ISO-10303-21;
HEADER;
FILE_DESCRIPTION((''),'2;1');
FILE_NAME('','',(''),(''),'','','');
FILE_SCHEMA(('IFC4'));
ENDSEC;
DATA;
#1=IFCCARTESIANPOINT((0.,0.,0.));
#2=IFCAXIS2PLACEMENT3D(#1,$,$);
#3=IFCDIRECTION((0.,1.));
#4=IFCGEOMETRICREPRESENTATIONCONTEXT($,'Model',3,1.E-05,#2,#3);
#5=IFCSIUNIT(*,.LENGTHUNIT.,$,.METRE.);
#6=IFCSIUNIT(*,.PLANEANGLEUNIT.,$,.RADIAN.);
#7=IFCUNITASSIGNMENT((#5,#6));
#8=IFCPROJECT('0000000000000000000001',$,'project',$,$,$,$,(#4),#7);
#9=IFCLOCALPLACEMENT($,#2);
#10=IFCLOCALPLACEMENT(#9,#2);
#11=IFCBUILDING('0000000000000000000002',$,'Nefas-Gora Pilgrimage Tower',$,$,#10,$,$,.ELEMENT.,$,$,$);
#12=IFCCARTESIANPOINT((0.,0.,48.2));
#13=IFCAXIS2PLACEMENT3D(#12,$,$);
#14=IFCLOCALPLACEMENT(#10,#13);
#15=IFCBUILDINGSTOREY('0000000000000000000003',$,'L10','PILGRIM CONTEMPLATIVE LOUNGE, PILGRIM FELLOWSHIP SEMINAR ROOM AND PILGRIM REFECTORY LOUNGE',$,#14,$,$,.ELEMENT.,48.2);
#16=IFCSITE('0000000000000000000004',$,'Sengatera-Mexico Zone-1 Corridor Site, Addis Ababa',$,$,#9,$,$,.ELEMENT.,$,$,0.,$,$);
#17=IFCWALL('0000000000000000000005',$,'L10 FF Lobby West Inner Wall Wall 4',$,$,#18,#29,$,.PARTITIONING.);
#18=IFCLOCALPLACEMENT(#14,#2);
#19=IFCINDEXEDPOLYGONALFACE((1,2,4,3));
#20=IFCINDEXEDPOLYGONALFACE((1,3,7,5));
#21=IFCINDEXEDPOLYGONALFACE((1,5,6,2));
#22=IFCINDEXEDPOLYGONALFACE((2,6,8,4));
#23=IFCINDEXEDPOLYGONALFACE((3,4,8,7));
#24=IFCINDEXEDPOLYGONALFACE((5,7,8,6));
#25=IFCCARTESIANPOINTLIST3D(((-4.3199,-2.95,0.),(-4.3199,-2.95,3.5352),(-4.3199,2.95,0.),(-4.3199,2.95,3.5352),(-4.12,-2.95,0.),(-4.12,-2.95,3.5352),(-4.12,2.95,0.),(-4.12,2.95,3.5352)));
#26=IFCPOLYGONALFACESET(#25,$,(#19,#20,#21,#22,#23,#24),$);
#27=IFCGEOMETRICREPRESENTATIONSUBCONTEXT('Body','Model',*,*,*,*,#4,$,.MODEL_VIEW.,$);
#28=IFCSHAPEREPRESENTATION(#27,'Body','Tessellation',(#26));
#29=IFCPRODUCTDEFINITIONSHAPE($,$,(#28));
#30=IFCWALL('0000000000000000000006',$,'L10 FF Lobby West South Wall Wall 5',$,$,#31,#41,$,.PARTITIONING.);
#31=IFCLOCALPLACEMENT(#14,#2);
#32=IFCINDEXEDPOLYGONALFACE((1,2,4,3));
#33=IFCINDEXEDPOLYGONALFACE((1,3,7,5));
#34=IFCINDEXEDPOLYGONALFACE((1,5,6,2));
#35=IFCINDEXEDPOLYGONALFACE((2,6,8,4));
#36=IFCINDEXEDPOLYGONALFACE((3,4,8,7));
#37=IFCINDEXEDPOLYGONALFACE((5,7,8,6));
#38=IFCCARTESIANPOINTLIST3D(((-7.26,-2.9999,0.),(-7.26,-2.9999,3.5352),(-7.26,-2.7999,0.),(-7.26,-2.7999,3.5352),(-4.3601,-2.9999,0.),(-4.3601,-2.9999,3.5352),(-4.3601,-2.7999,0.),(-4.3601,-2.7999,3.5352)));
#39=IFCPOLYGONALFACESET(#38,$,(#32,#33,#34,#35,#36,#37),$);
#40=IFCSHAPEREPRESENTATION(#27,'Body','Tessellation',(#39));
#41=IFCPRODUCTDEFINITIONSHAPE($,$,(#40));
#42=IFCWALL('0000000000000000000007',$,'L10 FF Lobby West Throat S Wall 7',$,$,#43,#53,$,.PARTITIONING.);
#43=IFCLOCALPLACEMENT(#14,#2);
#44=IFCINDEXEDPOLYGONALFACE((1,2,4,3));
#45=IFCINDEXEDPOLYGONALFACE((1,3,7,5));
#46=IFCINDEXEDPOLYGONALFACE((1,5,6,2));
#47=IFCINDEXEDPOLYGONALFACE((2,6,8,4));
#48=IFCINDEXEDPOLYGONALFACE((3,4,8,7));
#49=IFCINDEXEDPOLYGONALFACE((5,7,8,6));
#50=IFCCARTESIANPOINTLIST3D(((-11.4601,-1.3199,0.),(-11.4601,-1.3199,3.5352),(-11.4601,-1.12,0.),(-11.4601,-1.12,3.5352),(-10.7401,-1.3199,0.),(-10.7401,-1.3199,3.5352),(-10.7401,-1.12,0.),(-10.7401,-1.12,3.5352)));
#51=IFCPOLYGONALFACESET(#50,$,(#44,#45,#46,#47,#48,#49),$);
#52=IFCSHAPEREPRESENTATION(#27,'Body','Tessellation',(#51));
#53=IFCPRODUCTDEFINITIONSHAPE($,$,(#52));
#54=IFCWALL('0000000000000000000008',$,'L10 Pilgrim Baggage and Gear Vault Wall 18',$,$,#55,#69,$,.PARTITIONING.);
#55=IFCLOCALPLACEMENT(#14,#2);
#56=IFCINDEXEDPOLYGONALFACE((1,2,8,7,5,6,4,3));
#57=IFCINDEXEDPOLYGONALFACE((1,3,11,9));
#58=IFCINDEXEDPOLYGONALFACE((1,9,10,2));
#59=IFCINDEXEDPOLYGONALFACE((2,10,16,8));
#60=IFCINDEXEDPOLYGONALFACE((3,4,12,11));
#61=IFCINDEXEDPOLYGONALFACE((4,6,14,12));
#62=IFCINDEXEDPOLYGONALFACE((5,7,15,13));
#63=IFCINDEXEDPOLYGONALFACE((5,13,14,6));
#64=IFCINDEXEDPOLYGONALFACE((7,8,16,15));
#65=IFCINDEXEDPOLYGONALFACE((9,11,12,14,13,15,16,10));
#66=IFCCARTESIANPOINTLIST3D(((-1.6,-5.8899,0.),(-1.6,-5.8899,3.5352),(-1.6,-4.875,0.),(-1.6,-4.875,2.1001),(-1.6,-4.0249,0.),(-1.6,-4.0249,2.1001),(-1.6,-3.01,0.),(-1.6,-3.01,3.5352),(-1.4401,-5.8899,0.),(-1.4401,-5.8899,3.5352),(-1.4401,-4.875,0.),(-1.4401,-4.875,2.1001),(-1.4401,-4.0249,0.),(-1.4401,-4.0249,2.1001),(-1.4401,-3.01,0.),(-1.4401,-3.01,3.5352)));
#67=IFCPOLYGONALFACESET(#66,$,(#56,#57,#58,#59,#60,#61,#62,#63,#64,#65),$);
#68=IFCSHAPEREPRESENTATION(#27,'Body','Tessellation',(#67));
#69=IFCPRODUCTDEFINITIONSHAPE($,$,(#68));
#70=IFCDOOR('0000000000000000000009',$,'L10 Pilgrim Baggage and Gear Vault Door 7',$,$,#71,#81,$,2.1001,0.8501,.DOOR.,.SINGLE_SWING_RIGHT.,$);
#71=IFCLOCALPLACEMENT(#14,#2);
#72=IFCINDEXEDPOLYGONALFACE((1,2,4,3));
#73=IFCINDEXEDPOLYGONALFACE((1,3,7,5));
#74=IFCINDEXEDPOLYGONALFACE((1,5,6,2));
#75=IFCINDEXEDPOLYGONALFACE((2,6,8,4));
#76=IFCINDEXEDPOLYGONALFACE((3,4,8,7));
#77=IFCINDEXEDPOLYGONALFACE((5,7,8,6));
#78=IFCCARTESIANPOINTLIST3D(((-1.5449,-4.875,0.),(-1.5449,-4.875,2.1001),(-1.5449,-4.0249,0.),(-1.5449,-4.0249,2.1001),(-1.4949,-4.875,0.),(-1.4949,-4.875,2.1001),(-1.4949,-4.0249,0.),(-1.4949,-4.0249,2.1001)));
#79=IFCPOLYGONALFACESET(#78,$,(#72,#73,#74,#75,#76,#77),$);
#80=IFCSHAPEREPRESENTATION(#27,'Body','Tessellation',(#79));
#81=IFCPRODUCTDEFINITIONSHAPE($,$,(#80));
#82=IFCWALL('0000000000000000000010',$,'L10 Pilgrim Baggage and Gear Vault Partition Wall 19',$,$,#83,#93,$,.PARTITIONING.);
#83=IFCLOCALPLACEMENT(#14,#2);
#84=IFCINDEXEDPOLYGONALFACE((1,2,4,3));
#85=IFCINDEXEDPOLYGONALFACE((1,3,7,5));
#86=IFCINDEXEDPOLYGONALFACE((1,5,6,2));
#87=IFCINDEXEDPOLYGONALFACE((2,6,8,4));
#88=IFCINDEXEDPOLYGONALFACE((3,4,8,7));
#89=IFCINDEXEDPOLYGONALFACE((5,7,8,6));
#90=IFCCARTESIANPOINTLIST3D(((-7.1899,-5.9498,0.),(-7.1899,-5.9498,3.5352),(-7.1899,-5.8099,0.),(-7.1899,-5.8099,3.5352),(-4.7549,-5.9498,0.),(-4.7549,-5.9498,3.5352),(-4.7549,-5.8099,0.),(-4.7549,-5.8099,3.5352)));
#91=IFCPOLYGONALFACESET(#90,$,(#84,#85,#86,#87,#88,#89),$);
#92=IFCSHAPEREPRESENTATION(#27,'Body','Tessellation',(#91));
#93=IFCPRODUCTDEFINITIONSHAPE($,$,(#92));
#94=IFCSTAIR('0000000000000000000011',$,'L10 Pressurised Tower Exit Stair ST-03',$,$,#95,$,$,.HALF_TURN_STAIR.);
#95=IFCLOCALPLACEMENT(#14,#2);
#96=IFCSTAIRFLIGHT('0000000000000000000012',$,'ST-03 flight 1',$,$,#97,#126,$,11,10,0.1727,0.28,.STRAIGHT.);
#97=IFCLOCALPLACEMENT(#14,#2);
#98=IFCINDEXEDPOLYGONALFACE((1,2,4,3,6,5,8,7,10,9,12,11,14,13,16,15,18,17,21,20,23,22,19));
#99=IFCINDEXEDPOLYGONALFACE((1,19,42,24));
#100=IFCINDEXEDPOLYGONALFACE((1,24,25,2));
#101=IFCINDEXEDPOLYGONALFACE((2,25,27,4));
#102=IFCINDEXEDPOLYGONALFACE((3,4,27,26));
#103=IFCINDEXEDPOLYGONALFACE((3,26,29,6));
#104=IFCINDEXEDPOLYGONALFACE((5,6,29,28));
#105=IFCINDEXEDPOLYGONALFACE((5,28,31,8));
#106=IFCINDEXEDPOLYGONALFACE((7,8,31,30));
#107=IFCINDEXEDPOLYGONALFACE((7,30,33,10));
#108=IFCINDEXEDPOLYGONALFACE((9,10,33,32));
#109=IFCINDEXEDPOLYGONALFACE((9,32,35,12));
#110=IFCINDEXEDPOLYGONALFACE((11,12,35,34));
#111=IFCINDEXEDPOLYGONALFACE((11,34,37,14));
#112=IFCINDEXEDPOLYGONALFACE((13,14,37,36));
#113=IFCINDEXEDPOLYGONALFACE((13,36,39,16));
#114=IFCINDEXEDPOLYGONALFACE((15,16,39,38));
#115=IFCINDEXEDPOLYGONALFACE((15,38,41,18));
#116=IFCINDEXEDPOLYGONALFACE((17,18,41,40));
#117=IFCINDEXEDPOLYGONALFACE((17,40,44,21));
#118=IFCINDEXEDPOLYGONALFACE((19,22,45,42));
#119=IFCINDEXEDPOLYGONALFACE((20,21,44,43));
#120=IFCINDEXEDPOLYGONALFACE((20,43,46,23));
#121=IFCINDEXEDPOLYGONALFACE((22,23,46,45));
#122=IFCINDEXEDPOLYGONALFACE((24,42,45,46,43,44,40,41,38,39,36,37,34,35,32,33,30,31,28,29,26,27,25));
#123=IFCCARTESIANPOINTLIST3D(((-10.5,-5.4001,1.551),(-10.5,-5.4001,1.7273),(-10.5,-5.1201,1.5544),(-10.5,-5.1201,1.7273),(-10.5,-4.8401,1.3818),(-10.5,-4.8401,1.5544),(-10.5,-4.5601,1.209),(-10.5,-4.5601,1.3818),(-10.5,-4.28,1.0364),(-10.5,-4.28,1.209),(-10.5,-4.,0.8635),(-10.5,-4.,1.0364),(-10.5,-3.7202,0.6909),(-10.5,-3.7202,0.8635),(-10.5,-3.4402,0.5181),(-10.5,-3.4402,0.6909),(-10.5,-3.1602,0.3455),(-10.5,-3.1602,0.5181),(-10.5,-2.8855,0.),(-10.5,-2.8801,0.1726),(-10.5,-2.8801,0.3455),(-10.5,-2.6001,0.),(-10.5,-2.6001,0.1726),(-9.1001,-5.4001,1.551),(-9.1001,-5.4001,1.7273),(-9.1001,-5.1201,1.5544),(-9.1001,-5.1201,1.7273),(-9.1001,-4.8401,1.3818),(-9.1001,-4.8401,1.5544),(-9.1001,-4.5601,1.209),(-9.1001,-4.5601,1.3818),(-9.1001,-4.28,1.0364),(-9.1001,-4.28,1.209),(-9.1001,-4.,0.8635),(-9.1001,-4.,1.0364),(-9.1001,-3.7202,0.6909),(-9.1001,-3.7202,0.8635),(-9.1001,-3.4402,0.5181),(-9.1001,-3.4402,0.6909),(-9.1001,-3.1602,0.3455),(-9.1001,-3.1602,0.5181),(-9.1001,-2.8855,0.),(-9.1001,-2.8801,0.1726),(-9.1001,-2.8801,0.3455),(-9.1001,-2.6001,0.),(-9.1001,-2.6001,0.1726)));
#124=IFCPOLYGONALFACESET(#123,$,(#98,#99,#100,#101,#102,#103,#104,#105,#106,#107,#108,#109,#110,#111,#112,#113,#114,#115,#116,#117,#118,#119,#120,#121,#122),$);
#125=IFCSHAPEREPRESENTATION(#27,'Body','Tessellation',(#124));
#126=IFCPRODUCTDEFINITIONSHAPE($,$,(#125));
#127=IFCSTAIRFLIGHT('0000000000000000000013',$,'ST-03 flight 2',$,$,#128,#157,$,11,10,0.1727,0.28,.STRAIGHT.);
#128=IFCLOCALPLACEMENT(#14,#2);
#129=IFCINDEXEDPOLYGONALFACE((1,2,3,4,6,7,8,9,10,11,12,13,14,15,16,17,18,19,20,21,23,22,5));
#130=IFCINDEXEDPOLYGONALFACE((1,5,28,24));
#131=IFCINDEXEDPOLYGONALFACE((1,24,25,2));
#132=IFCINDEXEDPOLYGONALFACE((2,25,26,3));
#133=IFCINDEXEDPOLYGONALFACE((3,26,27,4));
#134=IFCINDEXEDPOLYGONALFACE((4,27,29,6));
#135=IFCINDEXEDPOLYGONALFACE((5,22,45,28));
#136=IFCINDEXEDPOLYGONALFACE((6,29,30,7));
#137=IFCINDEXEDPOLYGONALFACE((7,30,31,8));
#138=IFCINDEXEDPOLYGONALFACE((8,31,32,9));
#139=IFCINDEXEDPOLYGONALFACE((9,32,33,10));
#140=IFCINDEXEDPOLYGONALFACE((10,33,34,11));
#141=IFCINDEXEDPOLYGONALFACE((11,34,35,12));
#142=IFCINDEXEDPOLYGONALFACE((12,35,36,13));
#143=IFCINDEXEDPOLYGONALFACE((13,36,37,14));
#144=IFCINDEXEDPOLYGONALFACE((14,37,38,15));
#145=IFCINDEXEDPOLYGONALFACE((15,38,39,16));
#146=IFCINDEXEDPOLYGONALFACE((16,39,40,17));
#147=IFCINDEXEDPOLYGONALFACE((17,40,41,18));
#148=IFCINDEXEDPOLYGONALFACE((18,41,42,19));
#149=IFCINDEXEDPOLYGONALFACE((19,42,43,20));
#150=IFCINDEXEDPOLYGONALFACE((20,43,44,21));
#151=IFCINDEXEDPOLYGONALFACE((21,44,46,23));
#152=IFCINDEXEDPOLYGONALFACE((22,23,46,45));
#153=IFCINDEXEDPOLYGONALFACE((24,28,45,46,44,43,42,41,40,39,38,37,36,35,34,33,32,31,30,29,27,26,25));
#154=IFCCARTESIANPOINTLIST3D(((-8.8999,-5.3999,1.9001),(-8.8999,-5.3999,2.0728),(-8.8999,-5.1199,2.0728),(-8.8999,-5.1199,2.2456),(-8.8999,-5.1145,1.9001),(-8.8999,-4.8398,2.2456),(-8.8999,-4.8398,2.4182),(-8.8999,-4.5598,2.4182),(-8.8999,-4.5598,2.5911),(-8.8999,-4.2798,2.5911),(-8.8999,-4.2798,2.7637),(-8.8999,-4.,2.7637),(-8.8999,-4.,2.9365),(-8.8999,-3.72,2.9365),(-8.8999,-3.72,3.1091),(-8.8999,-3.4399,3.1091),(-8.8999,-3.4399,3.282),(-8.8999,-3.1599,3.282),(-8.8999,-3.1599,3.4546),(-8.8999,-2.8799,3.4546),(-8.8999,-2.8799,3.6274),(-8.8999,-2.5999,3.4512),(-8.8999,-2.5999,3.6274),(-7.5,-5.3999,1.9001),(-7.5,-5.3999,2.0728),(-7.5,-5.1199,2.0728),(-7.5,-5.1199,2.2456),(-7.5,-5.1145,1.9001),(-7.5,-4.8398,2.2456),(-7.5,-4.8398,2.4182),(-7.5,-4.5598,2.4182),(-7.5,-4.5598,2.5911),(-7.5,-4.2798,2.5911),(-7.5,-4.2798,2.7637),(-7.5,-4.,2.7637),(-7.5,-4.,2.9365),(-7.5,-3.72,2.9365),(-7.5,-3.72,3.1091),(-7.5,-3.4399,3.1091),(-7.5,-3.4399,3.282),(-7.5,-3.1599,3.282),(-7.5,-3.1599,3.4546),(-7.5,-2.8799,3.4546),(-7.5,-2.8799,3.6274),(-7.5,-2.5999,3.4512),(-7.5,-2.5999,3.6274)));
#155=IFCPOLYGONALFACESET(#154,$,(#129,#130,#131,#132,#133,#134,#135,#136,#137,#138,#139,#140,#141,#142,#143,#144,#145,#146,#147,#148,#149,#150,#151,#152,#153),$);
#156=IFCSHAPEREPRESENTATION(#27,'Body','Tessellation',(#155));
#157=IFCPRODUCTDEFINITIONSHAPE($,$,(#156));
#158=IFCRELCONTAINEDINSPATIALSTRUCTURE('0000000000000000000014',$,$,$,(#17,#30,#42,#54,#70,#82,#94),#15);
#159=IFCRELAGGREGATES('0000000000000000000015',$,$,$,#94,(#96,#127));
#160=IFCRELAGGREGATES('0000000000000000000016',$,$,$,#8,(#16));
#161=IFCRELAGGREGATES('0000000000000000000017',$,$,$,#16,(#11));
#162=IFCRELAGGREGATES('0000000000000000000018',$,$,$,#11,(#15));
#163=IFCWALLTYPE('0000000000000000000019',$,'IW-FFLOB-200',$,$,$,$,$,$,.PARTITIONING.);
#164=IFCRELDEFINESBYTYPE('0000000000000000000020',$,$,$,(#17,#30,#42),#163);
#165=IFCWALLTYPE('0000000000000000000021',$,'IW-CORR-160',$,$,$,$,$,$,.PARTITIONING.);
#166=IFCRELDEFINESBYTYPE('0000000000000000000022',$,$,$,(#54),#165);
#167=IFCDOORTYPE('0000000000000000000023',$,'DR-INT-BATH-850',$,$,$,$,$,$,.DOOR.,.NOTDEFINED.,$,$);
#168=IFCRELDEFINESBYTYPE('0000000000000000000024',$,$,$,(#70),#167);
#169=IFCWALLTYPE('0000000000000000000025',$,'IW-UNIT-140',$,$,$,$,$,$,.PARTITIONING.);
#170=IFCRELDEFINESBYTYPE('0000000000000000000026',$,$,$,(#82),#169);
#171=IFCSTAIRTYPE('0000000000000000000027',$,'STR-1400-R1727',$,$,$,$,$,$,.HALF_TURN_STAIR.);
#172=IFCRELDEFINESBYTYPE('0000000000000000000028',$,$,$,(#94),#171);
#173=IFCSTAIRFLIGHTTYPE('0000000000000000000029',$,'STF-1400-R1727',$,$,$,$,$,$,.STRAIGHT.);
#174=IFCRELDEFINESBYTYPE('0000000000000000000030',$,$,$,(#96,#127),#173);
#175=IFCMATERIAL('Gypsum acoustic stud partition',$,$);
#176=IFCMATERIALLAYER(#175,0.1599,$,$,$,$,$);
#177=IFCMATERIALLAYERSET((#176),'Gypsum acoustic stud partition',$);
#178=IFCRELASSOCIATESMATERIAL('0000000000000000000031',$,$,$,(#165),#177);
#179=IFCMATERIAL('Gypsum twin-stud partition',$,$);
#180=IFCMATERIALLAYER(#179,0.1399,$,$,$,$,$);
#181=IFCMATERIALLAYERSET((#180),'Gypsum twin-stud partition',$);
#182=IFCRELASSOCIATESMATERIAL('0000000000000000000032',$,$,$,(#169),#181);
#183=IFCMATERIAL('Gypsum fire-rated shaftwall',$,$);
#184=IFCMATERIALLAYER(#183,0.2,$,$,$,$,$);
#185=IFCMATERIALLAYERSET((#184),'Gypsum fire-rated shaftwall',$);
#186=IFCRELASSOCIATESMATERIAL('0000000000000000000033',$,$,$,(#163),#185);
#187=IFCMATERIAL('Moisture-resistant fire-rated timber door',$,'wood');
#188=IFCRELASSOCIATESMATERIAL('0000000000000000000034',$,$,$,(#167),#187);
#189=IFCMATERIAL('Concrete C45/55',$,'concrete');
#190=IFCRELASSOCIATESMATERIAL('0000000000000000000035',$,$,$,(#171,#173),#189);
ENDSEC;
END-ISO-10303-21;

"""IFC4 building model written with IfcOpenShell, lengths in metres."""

from ifc_helpers import new_model, si_unit, direction, frame, frame_2d, origin, place, context, subcontext, project, spatial, polyline, rectangle, outline, extrude, source, transform, mapped, material, layer, layer_set, type_object, element, fill, aggregate, save


model = new_model("IFC4")

# Units and contexts
model_context = context("Model", 3, precision=1e-05, world=origin(), true_north=direction((0.0, 1.0)))
body_context = subcontext(model_context, "Body", "Model", "MODEL_VIEW")
ifc_project = project(units=[si_unit("LENGTHUNIT", "METRE"), si_unit("PLANEANGLEUNIT", "RADIAN")], contexts=[model_context])

# Site, building, storey
site_placement = place(None, origin())
site = spatial("IfcSite", under=ifc_project, at=site_placement, Name="Sengatera-Mexico Zone-1 Corridor Site, Addis Ababa", CompositionType="ELEMENT", RefElevation=0.0)
building_placement = place(site_placement, origin())
building = spatial("IfcBuilding", under=site, at=building_placement, Name="Nefas-Gora Pilgrimage Tower", CompositionType="ELEMENT")
storey_placement = place(building_placement, frame((0.0, 0.0, 48.2)))
storey = spatial("IfcBuildingStorey", under=building, at=storey_placement, Name="L10", Description="PILGRIM CONTEMPLATIVE LOUNGE, PILGRIM FELLOWSHIP SEMINAR ROOM AND PILGRIM REFECTORY LOUNGE", CompositionType="ELEMENT", Elevation=48.2)

# Shared definitions
ifc_material_1 = material(Name="Concrete C45/55", Category="concrete")

# Shared definitions
ifc_material_2 = material(Name="Gypsum acoustic stud partition")
ifc_layer_1 = layer(ifc_material_2, 0.1599)
ifc_layer_set_1 = layer_set([ifc_layer_1], Name="Gypsum acoustic stud partition")
wall_type_1 = type_object("IfcWallType", Name="IW-CORR-160", PredefinedType="PARTITIONING", material=ifc_layer_set_1)
ifc_material_3 = material(Name="Gypsum twin-stud partition")
ifc_layer_2 = layer(ifc_material_3, 0.1399)
ifc_layer_set_2 = layer_set([ifc_layer_2], Name="Gypsum twin-stud partition")
wall_type_2 = type_object("IfcWallType", Name="IW-UNIT-140", PredefinedType="PARTITIONING", material=ifc_layer_set_2)

# Walls
ifc_material_4 = material(Name="Gypsum fire-rated shaftwall")
ifc_layer_3 = layer(ifc_material_4, 0.2)
ifc_layer_set_3 = layer_set([ifc_layer_3], Name="Gypsum fire-rated shaftwall")
wall_type_3 = type_object("IfcWallType", Name="IW-FFLOB-200", PredefinedType="PARTITIONING", material=ifc_layer_set_3)
shared_shape_1 = source(origin(), body_context, "Body", "SweptSolid", [
    extrude(rectangle(XDim=5.8999, YDim=0.2, at=frame_2d((2.95, 0.0))), origin(), (0.0, 0.0, 1.0), 3.5352),
])
wall_1_placement = place(storey_placement, frame((-4.22, -2.95, 0.0), z_axis=(0.0, 0.0, 1.0), x_axis=(0.0, 1.0, 0.0)))
element("IfcWall", 1, at=wall_1_placement, inside=storey, type_object=wall_type_3, Name="L10 FF Lobby West Inner Wall Wall 4", PredefinedType="PARTITIONING", context=body_context, shape_type="MappedRepresentation", body=[
    mapped(shared_shape_1, transform((0.0, 0.0, 0.0), x_axis=(1.0, 0.0, 0.0), y_axis=(0.0, 1.0, 0.0), z_axis=(0.0, 0.0, 1.0), scale=1.0)),
])
shared_shape_2 = source(origin(), body_context, "Body", "SweptSolid", [
    extrude(rectangle(XDim=2.8999, YDim=0.2, at=frame_2d((1.45, 0.0))), origin(), (0.0, 0.0, 1.0), 3.5352),
])
wall_2_placement = place(storey_placement, frame((-7.26, -2.8999, 0.0), z_axis=(0.0, 0.0, 1.0), x_axis=(1.0, 0.0, 0.0)))
element("IfcWall", 2, at=wall_2_placement, inside=storey, type_object=wall_type_3, Name="L10 FF Lobby West South Wall Wall 5", PredefinedType="PARTITIONING", context=body_context, shape_type="MappedRepresentation", body=[
    mapped(shared_shape_2, transform((0.0, 0.0, 0.0), x_axis=(1.0, 0.0, 0.0), y_axis=(0.0, 1.0, 0.0), z_axis=(0.0, 0.0, 1.0), scale=1.0)),
])
shared_shape_3 = source(origin(), body_context, "Body", "SweptSolid", [
    extrude(rectangle(XDim=0.72, YDim=0.2, at=frame_2d((0.3599, 0.0))), origin(), (0.0, 0.0, 1.0), 3.5352),
])
wall_3_placement = place(storey_placement, frame((-11.46, -1.22, 0.0), z_axis=(0.0, 0.0, 1.0), x_axis=(1.0, 0.0, 0.0)))
element("IfcWall", 3, at=wall_3_placement, inside=storey, type_object=wall_type_3, Name="L10 FF Lobby West Throat S Wall 7", PredefinedType="PARTITIONING", context=body_context, shape_type="MappedRepresentation", body=[
    mapped(shared_shape_3, transform((0.0, 0.0, 0.0), x_axis=(1.0, 0.0, 0.0), y_axis=(0.0, 1.0, 0.0), z_axis=(0.0, 0.0, 1.0), scale=1.0)),
])

# Wall, opening, door
shared_shape_4 = source(origin(), body_context, "Body", "SweptSolid", [
    extrude(rectangle(XDim=2.8799, YDim=0.1599, at=frame_2d((1.4399, 0.0))), origin(), (0.0, 0.0, 1.0), 3.5352),
])
wall_4_placement = place(storey_placement, frame((-1.52, -5.8899, 0.0), z_axis=(0.0, 0.0, 1.0), x_axis=(0.0, 1.0, 0.0)))
wall_4 = element("IfcWall", 4, at=wall_4_placement, inside=storey, type_object=wall_type_1, Name="L10 Pilgrim Baggage and Gear Vault Wall 18", PredefinedType="PARTITIONING", context=body_context, shape_type="MappedRepresentation", body=[
    mapped(shared_shape_4, transform((0.0, 0.0, 0.0), x_axis=(1.0, 0.0, 0.0), y_axis=(0.0, 1.0, 0.0), z_axis=(0.0, 0.0, 1.0), scale=1.0)),
])
opening_1_placement = place(wall_4_placement, frame((1.0149, 0.0, 0.0)))
opening_1 = element("IfcOpeningElement", 5, at=opening_1_placement, cuts=wall_4, PredefinedType="OPENING", context=body_context, shape_type="SweptSolid", body=[
    extrude(rectangle(XDim=0.8501, YDim=2.1001, at=frame_2d((0.425, 1.05))), frame((0.0, 0.0898, 0.0), z_axis=(0.0, -1.0, 0.0), x_axis=(1.0, 0.0, 0.0)), (0.0, 0.0, 1.0), 0.1799),
])
ifc_material_5 = material(Name="Moisture-resistant fire-rated timber door", Category="wood")
door_type_1 = type_object("IfcDoorType", Name="DR-INT-BATH-850", OperationType="NOTDEFINED", PredefinedType="DOOR", material=ifc_material_5)
shared_shape_5 = source(origin(), body_context, "Body", "SweptSolid", [
    extrude(rectangle(XDim=0.8501, YDim=2.1001, at=frame_2d((0.425, 1.05))), frame((0.0, 0.0249, 0.0), z_axis=(0.0, -1.0, 0.0), x_axis=(1.0, 0.0, 0.0)), (0.0, 0.0, 1.0), 0.05),
])
door_1_placement = place(opening_1_placement, origin())
door_1 = element("IfcDoor", 6, at=door_1_placement, inside=storey, type_object=door_type_1, Name="L10 Pilgrim Baggage and Gear Vault Door 7", OperationType="SINGLE_SWING_RIGHT", OverallHeight=2.1001, OverallWidth=0.8501, PredefinedType="DOOR", context=body_context, shape_type="MappedRepresentation", body=[
    mapped(shared_shape_5, transform((0.0, 0.0, 0.0), x_axis=(1.0, 0.0, 0.0), y_axis=(0.0, 1.0, 0.0), z_axis=(0.0, 0.0, 1.0), scale=1.0)),
])
fill(opening_1, door_1)

# Wall
shared_shape_6 = source(origin(), body_context, "Body", "SweptSolid", [
    extrude(rectangle(XDim=2.4351, YDim=0.1399, at=frame_2d((1.2175, 0.0))), origin(), (0.0, 0.0, 1.0), 3.5352),
])
wall_5_placement = place(storey_placement, frame((-7.1899, -5.8799, 0.0), z_axis=(0.0, 0.0, 1.0), x_axis=(1.0, 0.0, 0.0)))
element("IfcWall", 7, at=wall_5_placement, inside=storey, type_object=wall_type_2, Name="L10 Pilgrim Baggage and Gear Vault Partition Wall 19", PredefinedType="PARTITIONING", context=body_context, shape_type="MappedRepresentation", body=[
    mapped(shared_shape_6, transform((0.0, 0.0, 0.0), x_axis=(1.0, 0.0, 0.0), y_axis=(0.0, 1.0, 0.0), z_axis=(0.0, 0.0, 1.0), scale=1.0)),
])

# Stair, stair flights
stair_type = type_object("IfcStairType", Name="STR-1400-R1727", PredefinedType="HALF_TURN_STAIR", material=ifc_material_1)
stair_placement = place(storey_placement, origin())
stair = element("IfcStair", 8, at=stair_placement, inside=storey, type_object=stair_type, Name="L10 Pressurised Tower Exit Stair ST-03", PredefinedType="HALF_TURN_STAIR")
stair_flight_type = type_object("IfcStairFlightType", Name="STF-1400-R1727", PredefinedType="STRAIGHT", material=ifc_material_1)
shared_shape_7 = source(origin(), body_context, "Body", "SweptSolid", [
    extrude(outline(polyline([(0.0, 0.0), (0.0, 0.1726), (0.28, 0.1726), (0.28, 0.3455), (0.5601, 0.3455), (0.5601, 0.5181), (0.8401, 0.5181), (0.8401, 0.6909), (1.1201, 0.6909), (1.1201, 0.8635), (1.3999, 0.8635), (1.3999, 1.0364), (1.6799, 1.0364), (1.6799, 1.209), (1.96, 1.209), (1.96, 1.3818), (2.24, 1.3818), (2.24, 1.5544), (2.52, 1.5544), (2.52, 1.7273), (2.8, 1.7273), (2.8, 1.8999), (2.8, 1.551), (0.2854, 0.0), (0.0, 0.0)])), frame((0.0, 0.7, 0.0), z_axis=(0.0, -1.0, 0.0), x_axis=(1.0, 0.0, 0.0)), (0.0, 0.0, 1.0), 1.3999),
])
stair_flight_1_placement = place(storey_placement, frame((-9.8, -2.6001, 0.0), z_axis=(0.0, 0.0, 1.0), x_axis=(0.0, -1.0, 0.0)))
stair_flight_1 = element("IfcStairFlight", 9, at=stair_flight_1_placement, type_object=stair_flight_type, Name="ST-03 flight 1", NumberOfRisers=11, NumberOfTreads=10, PredefinedType="STRAIGHT", RiserHeight=0.1727, TreadLength=0.28, context=body_context, shape_type="MappedRepresentation", body=[
    mapped(shared_shape_7, transform((0.0, 0.0, 0.0), x_axis=(1.0, 0.0, 0.0), y_axis=(0.0, 1.0, 0.0), z_axis=(0.0, 0.0, 1.0), scale=1.0)),
])
stair_flight_2_placement = place(storey_placement, frame((-8.2, -5.3999, 1.9001), z_axis=(0.0, 0.0, 1.0), x_axis=(0.0, 1.0, 0.0)))
stair_flight_2 = element("IfcStairFlight", 10, at=stair_flight_2_placement, type_object=stair_flight_type, Name="ST-03 flight 2", NumberOfRisers=11, NumberOfTreads=10, PredefinedType="STRAIGHT", RiserHeight=0.1727, TreadLength=0.28, context=body_context, shape_type="MappedRepresentation", body=[
    mapped(shared_shape_7, transform((0.0, 0.0, 0.0), x_axis=(1.0, 0.0, 0.0), y_axis=(0.0, 1.0, 0.0), z_axis=(0.0, 0.0, 1.0), scale=1.0)),
])
aggregate(stair, [stair_flight_1, stair_flight_2])

save(model, "model.ifc")
